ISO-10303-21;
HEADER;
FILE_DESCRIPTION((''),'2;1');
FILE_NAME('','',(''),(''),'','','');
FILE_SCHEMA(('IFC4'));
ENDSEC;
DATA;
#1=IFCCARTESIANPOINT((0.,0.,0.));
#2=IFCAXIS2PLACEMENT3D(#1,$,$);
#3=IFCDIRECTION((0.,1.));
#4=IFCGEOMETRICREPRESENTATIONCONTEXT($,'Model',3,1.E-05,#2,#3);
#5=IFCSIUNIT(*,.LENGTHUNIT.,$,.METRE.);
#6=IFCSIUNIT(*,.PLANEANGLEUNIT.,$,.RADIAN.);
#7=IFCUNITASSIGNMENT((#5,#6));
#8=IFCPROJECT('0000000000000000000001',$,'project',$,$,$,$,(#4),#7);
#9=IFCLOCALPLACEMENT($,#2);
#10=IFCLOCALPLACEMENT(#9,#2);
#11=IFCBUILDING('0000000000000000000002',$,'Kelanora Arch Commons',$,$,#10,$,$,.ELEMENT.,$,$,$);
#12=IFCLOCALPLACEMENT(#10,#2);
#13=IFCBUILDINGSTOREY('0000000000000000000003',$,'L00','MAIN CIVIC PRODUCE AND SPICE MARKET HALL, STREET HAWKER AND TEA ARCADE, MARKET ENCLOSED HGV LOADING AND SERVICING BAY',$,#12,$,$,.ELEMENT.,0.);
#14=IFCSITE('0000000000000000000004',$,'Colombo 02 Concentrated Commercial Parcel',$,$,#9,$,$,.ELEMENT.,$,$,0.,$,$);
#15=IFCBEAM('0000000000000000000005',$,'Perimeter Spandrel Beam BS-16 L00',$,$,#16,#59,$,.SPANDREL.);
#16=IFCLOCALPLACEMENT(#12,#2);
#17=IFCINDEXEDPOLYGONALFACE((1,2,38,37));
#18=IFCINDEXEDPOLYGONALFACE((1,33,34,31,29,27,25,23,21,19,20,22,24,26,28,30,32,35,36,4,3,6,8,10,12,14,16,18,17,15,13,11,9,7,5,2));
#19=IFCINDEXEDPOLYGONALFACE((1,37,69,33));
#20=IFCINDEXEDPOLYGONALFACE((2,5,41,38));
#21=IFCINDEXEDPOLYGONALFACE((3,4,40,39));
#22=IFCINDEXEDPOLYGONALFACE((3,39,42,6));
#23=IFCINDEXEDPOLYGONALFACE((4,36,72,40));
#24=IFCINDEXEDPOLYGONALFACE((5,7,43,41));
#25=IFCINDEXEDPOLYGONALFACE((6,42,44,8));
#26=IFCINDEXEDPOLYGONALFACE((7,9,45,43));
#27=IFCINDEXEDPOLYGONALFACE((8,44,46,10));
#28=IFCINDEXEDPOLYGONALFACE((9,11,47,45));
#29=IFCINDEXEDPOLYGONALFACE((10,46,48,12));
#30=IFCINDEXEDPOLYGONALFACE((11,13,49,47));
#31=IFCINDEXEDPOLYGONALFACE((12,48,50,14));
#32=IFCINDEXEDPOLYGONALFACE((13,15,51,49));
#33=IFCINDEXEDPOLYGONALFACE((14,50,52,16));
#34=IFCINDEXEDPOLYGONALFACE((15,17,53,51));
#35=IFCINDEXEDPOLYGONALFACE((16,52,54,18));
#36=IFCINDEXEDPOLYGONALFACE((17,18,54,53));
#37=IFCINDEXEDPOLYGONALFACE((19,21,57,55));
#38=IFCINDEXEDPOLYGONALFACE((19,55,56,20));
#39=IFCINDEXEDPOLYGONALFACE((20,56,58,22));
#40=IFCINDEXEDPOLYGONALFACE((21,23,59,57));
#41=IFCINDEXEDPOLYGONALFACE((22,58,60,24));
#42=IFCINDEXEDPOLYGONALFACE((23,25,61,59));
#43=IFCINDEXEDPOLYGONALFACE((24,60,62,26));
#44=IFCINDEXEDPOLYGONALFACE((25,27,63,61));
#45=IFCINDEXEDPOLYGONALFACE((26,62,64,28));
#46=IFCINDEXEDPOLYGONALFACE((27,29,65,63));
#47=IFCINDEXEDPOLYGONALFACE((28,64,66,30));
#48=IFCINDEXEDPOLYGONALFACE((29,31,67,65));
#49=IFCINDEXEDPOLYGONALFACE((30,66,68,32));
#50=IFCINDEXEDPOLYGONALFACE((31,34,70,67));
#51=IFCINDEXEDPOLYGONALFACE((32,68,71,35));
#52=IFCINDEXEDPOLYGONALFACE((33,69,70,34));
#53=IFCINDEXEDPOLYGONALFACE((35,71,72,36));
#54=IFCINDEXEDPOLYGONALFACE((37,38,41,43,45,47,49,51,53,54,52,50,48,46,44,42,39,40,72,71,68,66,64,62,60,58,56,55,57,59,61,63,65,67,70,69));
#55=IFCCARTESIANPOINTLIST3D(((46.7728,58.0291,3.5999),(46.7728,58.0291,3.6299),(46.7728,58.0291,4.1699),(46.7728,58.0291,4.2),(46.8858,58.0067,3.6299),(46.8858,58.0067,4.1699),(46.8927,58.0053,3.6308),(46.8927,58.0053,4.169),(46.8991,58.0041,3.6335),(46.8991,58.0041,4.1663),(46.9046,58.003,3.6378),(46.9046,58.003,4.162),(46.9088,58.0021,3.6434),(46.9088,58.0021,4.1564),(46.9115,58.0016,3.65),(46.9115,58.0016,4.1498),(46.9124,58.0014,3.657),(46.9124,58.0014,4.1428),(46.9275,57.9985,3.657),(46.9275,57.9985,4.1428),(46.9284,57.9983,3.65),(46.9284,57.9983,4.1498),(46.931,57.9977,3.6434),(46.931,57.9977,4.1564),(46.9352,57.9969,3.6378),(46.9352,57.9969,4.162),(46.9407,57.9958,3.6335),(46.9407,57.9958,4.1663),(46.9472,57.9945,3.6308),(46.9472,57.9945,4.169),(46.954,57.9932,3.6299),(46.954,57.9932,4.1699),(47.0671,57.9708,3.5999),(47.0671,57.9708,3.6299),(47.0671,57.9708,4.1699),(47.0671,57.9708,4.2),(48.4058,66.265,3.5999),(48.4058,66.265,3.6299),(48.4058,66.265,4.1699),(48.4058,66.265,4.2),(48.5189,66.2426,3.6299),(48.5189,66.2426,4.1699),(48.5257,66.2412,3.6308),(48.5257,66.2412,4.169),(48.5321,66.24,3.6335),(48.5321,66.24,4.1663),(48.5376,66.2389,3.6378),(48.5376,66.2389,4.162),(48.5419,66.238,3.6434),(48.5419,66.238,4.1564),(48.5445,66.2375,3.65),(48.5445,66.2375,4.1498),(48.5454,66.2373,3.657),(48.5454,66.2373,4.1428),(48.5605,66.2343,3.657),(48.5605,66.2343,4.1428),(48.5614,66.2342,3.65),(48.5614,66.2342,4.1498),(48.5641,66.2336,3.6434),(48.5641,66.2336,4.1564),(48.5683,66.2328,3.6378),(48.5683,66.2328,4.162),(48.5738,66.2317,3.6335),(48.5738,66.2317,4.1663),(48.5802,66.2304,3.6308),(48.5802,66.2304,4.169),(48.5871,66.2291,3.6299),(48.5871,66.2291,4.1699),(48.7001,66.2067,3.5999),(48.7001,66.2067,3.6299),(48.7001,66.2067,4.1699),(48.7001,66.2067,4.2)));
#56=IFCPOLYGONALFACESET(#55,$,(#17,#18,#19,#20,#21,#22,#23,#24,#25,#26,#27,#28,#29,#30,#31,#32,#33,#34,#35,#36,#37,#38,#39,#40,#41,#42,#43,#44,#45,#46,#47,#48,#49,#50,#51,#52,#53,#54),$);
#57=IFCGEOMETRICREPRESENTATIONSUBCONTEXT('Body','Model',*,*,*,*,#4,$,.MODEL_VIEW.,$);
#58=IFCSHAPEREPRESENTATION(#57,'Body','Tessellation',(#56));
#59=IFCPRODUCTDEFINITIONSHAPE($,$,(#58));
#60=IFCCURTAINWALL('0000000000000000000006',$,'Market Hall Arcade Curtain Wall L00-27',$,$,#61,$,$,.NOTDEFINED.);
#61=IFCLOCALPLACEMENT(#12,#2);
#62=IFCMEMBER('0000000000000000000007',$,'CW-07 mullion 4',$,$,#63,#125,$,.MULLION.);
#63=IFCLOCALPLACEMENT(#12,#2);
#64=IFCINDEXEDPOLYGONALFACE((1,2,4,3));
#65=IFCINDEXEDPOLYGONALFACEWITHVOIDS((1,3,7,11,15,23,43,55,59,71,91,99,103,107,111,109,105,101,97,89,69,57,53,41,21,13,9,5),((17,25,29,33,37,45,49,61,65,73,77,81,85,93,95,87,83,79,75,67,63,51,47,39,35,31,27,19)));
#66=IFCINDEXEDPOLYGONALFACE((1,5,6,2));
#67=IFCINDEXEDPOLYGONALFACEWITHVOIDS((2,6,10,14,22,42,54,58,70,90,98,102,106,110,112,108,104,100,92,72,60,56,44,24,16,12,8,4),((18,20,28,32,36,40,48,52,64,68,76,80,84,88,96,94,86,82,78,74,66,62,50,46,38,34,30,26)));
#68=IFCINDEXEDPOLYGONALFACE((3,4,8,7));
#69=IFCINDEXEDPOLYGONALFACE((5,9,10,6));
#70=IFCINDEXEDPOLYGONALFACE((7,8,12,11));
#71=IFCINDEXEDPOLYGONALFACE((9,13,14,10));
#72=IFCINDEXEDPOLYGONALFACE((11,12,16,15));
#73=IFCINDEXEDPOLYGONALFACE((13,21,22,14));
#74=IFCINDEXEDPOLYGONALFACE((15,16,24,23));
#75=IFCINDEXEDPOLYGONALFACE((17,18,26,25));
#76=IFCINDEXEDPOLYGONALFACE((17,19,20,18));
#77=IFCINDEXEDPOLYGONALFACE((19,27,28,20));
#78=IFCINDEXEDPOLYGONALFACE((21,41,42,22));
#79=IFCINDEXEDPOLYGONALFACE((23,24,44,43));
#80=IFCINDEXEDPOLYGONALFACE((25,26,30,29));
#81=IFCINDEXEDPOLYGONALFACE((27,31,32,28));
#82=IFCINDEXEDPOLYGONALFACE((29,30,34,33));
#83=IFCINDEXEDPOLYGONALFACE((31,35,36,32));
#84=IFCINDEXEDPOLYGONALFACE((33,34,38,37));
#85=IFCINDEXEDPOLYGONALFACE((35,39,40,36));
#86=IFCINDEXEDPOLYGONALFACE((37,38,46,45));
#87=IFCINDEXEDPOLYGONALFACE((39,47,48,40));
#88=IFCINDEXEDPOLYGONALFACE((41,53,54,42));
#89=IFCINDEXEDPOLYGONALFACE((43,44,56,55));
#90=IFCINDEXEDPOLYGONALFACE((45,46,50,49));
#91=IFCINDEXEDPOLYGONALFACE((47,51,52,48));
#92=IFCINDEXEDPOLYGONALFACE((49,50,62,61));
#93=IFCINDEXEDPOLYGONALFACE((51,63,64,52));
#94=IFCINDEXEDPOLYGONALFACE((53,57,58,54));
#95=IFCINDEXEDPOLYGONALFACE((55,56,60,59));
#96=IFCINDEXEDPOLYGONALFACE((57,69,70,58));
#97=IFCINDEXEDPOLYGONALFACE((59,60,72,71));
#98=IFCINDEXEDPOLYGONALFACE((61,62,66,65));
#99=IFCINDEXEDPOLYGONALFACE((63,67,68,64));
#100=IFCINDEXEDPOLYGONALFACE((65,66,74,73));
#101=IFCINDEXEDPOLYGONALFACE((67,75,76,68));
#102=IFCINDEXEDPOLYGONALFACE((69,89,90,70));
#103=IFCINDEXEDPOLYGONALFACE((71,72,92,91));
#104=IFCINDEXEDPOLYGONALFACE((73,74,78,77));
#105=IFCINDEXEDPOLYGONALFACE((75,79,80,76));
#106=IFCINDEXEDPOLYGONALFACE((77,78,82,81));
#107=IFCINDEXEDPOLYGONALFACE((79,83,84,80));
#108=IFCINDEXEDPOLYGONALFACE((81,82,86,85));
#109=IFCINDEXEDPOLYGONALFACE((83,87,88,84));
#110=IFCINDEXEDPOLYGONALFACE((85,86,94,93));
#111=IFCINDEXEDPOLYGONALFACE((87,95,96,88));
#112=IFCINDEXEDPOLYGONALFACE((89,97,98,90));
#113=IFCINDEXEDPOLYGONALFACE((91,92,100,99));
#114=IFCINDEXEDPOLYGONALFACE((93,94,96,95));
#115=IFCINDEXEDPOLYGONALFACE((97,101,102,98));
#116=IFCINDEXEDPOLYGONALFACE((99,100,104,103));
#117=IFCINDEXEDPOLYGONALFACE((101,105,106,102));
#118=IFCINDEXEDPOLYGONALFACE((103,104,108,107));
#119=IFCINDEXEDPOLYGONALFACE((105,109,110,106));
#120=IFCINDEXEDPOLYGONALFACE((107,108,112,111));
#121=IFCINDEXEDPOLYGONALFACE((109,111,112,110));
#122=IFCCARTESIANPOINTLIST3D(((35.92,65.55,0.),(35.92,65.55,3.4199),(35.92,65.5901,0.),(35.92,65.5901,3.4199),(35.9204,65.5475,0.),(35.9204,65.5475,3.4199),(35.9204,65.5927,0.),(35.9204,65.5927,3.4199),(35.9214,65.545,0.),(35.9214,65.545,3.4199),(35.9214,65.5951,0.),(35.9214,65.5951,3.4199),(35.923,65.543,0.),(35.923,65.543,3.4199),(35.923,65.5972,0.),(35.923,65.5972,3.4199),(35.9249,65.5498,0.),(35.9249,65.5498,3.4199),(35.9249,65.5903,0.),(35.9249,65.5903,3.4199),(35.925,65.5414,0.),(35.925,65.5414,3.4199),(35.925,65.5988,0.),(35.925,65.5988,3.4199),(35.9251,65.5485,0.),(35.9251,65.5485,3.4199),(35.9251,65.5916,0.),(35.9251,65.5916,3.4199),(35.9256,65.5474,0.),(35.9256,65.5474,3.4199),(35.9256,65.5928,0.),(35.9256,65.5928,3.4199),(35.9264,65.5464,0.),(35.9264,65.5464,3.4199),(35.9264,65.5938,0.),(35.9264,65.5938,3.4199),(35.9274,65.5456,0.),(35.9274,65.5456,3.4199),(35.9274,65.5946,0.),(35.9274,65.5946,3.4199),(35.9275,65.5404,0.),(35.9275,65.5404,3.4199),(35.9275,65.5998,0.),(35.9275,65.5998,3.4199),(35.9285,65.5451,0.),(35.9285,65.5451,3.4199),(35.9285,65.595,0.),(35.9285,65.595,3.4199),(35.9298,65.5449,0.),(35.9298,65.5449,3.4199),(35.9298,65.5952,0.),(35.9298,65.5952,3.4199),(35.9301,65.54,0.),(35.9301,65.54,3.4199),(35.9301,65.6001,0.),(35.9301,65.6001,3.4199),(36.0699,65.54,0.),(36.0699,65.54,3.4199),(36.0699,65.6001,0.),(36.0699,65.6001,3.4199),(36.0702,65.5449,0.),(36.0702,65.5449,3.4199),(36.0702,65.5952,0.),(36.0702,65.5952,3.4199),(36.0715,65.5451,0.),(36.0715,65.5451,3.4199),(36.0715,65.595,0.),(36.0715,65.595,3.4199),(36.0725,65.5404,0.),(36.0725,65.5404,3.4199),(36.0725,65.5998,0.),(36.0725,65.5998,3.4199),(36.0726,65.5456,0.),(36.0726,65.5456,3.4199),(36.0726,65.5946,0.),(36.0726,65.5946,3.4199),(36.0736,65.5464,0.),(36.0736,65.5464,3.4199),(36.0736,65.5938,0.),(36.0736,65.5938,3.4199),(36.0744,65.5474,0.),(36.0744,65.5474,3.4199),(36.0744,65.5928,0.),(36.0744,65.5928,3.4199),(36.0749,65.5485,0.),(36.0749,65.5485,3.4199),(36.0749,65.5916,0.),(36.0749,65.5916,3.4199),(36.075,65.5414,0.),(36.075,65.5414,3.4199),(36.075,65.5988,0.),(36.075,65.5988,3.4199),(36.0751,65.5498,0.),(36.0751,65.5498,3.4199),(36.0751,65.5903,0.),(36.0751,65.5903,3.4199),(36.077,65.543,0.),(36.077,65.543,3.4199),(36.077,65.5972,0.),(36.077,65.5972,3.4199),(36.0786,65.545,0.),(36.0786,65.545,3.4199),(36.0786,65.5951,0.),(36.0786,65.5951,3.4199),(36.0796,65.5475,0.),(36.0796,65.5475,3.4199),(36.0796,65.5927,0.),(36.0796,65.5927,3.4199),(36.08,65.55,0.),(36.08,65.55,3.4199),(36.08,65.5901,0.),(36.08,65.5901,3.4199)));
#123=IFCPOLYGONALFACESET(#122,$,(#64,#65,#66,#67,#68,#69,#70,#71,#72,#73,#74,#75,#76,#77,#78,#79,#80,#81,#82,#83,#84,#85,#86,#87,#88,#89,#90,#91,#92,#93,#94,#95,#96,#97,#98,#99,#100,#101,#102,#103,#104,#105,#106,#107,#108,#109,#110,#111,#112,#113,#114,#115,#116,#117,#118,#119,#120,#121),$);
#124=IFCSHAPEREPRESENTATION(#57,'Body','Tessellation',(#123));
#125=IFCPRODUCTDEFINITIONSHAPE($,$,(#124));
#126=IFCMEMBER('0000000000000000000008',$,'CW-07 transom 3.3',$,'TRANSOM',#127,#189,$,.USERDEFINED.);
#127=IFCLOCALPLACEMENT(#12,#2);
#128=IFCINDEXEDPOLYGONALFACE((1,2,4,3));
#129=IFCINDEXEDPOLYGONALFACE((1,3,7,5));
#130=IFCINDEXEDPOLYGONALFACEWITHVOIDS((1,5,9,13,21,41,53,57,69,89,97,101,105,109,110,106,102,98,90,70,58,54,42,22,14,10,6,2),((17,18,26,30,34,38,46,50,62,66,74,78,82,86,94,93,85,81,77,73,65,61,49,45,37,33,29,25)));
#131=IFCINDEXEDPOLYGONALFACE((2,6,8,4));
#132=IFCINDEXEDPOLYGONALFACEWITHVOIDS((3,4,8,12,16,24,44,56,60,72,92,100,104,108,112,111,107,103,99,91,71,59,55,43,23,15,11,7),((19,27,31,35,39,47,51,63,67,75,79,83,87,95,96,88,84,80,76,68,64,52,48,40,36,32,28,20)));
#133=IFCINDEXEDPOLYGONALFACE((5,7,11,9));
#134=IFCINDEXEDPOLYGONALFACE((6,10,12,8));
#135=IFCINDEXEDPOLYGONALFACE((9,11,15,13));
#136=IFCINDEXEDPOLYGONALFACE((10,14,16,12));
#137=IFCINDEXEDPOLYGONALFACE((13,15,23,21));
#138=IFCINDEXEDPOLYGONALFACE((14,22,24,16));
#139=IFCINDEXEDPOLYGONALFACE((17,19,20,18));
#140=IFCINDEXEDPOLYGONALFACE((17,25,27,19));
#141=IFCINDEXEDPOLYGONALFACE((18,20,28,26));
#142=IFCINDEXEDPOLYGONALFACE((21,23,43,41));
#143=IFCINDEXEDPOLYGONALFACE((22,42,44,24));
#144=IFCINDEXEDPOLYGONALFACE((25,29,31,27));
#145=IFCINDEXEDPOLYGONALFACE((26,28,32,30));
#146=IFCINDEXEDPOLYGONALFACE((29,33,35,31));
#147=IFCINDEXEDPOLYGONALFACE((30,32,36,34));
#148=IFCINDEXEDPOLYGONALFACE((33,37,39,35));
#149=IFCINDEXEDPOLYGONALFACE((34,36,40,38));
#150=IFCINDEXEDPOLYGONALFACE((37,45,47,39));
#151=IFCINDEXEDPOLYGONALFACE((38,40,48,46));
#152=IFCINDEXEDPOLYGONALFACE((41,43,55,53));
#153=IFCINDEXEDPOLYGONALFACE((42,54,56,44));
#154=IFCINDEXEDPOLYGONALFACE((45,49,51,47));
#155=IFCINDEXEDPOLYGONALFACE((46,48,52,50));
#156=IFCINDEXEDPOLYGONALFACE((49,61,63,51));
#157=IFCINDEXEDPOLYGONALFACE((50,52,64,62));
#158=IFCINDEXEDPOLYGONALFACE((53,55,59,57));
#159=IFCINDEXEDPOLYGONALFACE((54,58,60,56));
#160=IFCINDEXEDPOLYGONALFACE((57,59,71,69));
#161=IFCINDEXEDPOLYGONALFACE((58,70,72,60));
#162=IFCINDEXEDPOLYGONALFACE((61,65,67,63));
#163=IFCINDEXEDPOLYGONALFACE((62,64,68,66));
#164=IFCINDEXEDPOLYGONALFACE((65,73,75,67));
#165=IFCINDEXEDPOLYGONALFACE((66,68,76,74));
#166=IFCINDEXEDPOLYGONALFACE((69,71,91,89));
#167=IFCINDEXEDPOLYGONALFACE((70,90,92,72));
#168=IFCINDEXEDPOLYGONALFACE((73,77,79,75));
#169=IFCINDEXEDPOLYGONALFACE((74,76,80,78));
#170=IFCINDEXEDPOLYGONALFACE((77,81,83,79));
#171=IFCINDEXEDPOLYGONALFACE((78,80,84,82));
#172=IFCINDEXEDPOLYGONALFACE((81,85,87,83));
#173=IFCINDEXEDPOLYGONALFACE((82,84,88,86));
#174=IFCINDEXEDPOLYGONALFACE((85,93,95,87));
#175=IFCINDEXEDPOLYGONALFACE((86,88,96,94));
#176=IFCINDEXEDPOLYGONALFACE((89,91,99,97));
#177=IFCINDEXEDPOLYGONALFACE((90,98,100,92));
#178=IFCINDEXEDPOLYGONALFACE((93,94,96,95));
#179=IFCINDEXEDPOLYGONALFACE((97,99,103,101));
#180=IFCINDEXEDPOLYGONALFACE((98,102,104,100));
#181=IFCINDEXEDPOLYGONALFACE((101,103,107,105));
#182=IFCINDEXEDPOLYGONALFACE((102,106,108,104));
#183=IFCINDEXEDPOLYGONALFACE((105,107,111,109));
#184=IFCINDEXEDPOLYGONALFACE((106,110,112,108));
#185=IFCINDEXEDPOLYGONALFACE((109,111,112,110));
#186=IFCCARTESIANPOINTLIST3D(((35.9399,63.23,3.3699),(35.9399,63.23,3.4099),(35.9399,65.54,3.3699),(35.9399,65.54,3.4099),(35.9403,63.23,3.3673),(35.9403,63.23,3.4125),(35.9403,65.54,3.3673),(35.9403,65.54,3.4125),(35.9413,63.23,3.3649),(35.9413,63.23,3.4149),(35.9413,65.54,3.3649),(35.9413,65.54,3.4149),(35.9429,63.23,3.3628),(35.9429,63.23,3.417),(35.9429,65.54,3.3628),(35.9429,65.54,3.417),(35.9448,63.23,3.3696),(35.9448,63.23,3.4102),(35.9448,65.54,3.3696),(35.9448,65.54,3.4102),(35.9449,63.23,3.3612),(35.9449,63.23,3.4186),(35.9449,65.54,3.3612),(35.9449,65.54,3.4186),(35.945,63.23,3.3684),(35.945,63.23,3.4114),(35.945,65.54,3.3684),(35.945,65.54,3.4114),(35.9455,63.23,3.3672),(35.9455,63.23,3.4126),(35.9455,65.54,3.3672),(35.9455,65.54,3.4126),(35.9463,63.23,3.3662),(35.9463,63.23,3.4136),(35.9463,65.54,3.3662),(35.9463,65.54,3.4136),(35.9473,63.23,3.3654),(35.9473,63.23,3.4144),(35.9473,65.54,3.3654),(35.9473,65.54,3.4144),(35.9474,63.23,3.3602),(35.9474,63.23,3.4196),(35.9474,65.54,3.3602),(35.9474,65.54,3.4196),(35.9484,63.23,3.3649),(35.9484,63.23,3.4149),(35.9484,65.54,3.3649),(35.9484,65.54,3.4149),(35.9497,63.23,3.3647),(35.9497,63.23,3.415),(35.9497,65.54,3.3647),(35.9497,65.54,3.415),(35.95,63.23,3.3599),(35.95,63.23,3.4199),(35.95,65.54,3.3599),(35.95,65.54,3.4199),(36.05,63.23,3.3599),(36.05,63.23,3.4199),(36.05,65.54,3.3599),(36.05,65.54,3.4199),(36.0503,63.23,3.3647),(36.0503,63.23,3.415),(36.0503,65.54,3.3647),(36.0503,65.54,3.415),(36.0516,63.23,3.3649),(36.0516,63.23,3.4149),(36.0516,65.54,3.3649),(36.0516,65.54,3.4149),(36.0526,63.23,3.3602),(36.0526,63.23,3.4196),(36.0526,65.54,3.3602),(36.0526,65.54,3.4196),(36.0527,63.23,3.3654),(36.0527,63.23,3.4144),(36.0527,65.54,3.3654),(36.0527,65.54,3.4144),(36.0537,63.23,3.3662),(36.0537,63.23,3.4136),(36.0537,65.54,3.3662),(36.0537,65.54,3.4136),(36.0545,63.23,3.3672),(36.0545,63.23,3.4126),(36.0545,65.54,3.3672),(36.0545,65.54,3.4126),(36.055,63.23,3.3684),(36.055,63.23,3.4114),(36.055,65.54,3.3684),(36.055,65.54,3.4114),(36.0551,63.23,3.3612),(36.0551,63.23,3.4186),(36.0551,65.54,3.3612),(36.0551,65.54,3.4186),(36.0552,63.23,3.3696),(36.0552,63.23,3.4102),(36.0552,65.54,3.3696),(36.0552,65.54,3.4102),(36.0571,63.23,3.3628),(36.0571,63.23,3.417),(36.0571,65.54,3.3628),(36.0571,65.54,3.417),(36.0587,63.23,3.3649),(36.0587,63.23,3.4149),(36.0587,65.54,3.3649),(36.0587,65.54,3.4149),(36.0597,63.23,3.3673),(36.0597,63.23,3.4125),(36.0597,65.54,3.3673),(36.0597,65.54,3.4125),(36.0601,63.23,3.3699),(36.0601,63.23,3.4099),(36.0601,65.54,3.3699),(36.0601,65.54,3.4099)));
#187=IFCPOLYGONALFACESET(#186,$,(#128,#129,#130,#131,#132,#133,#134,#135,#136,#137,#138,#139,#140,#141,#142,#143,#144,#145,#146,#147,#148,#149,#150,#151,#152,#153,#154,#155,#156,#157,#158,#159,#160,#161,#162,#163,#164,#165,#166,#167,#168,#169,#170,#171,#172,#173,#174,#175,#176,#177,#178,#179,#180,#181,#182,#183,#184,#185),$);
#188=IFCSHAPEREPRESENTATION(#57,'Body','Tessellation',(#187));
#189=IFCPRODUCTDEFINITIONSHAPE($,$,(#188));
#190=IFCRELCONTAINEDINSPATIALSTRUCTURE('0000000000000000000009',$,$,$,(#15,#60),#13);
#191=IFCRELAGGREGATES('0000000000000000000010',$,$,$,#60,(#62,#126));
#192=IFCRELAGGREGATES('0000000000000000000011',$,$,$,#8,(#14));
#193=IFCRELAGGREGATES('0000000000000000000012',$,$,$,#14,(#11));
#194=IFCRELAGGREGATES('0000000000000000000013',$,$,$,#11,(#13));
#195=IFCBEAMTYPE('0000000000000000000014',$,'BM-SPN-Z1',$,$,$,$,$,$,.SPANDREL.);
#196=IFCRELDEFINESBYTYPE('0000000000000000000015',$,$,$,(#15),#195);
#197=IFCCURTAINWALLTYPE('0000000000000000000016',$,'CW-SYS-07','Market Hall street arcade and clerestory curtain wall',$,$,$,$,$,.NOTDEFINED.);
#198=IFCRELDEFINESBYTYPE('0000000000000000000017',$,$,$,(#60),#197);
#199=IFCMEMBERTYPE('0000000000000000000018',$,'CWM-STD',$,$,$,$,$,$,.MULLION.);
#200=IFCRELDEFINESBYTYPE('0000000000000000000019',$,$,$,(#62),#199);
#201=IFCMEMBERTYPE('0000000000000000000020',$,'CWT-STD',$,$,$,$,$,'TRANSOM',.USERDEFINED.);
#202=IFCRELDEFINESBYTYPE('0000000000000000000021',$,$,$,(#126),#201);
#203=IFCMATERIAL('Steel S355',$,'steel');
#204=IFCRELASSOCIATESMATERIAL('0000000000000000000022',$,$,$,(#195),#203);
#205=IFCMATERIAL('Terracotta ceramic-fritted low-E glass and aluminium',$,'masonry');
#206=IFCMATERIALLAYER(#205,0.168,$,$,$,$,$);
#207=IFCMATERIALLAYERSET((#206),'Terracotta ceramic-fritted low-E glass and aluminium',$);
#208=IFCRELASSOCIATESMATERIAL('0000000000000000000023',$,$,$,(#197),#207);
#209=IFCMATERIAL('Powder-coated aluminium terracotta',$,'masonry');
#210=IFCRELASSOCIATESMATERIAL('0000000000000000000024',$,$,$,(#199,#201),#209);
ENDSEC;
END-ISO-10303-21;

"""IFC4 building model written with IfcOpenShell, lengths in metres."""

from ifc_helpers import new_model, si_unit, direction, frame, origin, origin_2d, place, context, subcontext, project, spatial, hollow_rectangle, i_section, extrude, material, layer, layer_set, material_profile, profile_set, type_object, element, aggregate, save


model = new_model("IFC4")

# Units and contexts
model_context = context("Model", 3, precision=1e-05, world=origin(), true_north=direction((0.0, 1.0)))
body_context = subcontext(model_context, "Body", "Model", "MODEL_VIEW")
ifc_project = project(units=[si_unit("LENGTHUNIT", "METRE"), si_unit("PLANEANGLEUNIT", "RADIAN")], contexts=[model_context])

# Site, building, storey
site_placement = place(None, origin())
site = spatial("IfcSite", under=ifc_project, at=site_placement, Name="Colombo 02 Concentrated Commercial Parcel", CompositionType="ELEMENT", RefElevation=0.0)
building_placement = place(site_placement, origin())
building = spatial("IfcBuilding", under=site, at=building_placement, Name="Kelanora Arch Commons", CompositionType="ELEMENT")
storey_placement = place(building_placement, origin())
storey = spatial("IfcBuildingStorey", under=building, at=storey_placement, Name="L00", Description="MAIN CIVIC PRODUCE AND SPICE MARKET HALL, STREET HAWKER AND TEA ARCADE, MARKET ENCLOSED HGV LOADING AND SERVICING BAY", CompositionType="ELEMENT", Elevation=0.0)

# Beam
ifc_material_1 = material(Name="Steel S355", Category="steel")
ifc_material_profile_1 = material_profile(ifc_material_1, i_section(OverallWidth=0.3, OverallDepth=0.6001, WebThickness=0.0154, FlangeThickness=0.03, FilletRadius=0.0271, at=origin_2d()), Name="HEB600")
ifc_profile_set_1 = profile_set([ifc_material_profile_1], Name="Steel S355")
beam_type_1 = type_object("IfcBeamType", Name="BM-SPN-Z1", PredefinedType="SPANDREL", material=ifc_profile_set_1)
beam_placement = place(storey_placement, frame((48.553, 66.2358, 3.8999), z_axis=(-0.1945, -0.980903, 0.0), x_axis=(0.980903, -0.1945, 0.0)))
element("IfcBeam", 1, at=beam_placement, inside=storey, type_object=beam_type_1, Name="Perimeter Spandrel Beam BS-16 L00", PredefinedType="SPANDREL", context=body_context, shape_type="SweptSolid", body=[
    extrude(i_section(OverallWidth=0.3, OverallDepth=0.6001, WebThickness=0.0154, FlangeThickness=0.03, FilletRadius=0.0271, at=origin_2d()), origin(), (0.0, 0.0, 1.0), 8.3962),
])

# Curtain wall, members
ifc_material_2 = material(Name="Terracotta ceramic-fritted low-E glass and aluminium", Category="masonry")
ifc_layer_1 = layer(ifc_material_2, 0.168)
ifc_layer_set_1 = layer_set([ifc_layer_1], Name="Terracotta ceramic-fritted low-E glass and aluminium")
curtain_wall_type = type_object("IfcCurtainWallType", Name="CW-SYS-07", Description="Market Hall street arcade and clerestory curtain wall", PredefinedType="NOTDEFINED", material=ifc_layer_set_1)
curtain_wall_placement = place(storey_placement, origin())
curtain_wall = element("IfcCurtainWall", 2, at=curtain_wall_placement, inside=storey, type_object=curtain_wall_type, Name="Market Hall Arcade Curtain Wall L00-27", PredefinedType="NOTDEFINED")
ifc_material_3 = material(Name="Powder-coated aluminium terracotta", Category="masonry")
ifc_material_profile_2 = material_profile(ifc_material_3, hollow_rectangle(XDim=0.1599, YDim=0.0601, WallThickness=0.0049, InnerFilletRadius=0.0049, OuterFilletRadius=0.01, at=origin_2d()), Name="CWM160x60")
ifc_profile_set_2 = profile_set([ifc_material_profile_2], Name="Powder-coated aluminium terracotta")
member_type_1 = type_object("IfcMemberType", Name="CWM-STD", PredefinedType="MULLION", material=ifc_profile_set_2)
member_1_placement = place(storey_placement, frame((36.0, 65.5701, 0.0), z_axis=(0.0, 0.0, 1.0), x_axis=(-1.0, 0.0, 0.0)))
member_1 = element("IfcMember", 3, at=member_1_placement, type_object=member_type_1, Name="CW-07 mullion 4", PredefinedType="MULLION", context=body_context, shape_type="SweptSolid", body=[
    extrude(hollow_rectangle(XDim=0.1599, YDim=0.0601, WallThickness=0.0049, InnerFilletRadius=0.0049, OuterFilletRadius=0.01, at=origin_2d()), origin(), (0.0, 0.0, 1.0), 3.4199),
])
ifc_material_profile_3 = material_profile(ifc_material_3, hollow_rectangle(XDim=0.1201, YDim=0.0601, WallThickness=0.0049, InnerFilletRadius=0.0049, OuterFilletRadius=0.01, at=origin_2d()), Name="CWT120x60")
ifc_profile_set_3 = profile_set([ifc_material_profile_3], Name="Powder-coated aluminium terracotta")
member_type_2 = type_object("IfcMemberType", Name="CWT-STD", ElementType="TRANSOM", PredefinedType="USERDEFINED", material=ifc_profile_set_3)
member_2_placement = place(storey_placement, frame((36.0, 63.23, 3.3899), z_axis=(0.0, 1.0, 0.0), x_axis=(-1.0, 0.0, 0.0)))
member_2 = element("IfcMember", 4, at=member_2_placement, type_object=member_type_2, Name="CW-07 transom 3.3", ObjectType="TRANSOM", PredefinedType="USERDEFINED", context=body_context, shape_type="SweptSolid", body=[
    extrude(hollow_rectangle(XDim=0.1201, YDim=0.0601, WallThickness=0.0049, InnerFilletRadius=0.0049, OuterFilletRadius=0.01, at=origin_2d()), origin(), (0.0, 0.0, 1.0), 2.3101),
])
aggregate(curtain_wall, [member_1, member_2])

save(model, "model.ifc")
